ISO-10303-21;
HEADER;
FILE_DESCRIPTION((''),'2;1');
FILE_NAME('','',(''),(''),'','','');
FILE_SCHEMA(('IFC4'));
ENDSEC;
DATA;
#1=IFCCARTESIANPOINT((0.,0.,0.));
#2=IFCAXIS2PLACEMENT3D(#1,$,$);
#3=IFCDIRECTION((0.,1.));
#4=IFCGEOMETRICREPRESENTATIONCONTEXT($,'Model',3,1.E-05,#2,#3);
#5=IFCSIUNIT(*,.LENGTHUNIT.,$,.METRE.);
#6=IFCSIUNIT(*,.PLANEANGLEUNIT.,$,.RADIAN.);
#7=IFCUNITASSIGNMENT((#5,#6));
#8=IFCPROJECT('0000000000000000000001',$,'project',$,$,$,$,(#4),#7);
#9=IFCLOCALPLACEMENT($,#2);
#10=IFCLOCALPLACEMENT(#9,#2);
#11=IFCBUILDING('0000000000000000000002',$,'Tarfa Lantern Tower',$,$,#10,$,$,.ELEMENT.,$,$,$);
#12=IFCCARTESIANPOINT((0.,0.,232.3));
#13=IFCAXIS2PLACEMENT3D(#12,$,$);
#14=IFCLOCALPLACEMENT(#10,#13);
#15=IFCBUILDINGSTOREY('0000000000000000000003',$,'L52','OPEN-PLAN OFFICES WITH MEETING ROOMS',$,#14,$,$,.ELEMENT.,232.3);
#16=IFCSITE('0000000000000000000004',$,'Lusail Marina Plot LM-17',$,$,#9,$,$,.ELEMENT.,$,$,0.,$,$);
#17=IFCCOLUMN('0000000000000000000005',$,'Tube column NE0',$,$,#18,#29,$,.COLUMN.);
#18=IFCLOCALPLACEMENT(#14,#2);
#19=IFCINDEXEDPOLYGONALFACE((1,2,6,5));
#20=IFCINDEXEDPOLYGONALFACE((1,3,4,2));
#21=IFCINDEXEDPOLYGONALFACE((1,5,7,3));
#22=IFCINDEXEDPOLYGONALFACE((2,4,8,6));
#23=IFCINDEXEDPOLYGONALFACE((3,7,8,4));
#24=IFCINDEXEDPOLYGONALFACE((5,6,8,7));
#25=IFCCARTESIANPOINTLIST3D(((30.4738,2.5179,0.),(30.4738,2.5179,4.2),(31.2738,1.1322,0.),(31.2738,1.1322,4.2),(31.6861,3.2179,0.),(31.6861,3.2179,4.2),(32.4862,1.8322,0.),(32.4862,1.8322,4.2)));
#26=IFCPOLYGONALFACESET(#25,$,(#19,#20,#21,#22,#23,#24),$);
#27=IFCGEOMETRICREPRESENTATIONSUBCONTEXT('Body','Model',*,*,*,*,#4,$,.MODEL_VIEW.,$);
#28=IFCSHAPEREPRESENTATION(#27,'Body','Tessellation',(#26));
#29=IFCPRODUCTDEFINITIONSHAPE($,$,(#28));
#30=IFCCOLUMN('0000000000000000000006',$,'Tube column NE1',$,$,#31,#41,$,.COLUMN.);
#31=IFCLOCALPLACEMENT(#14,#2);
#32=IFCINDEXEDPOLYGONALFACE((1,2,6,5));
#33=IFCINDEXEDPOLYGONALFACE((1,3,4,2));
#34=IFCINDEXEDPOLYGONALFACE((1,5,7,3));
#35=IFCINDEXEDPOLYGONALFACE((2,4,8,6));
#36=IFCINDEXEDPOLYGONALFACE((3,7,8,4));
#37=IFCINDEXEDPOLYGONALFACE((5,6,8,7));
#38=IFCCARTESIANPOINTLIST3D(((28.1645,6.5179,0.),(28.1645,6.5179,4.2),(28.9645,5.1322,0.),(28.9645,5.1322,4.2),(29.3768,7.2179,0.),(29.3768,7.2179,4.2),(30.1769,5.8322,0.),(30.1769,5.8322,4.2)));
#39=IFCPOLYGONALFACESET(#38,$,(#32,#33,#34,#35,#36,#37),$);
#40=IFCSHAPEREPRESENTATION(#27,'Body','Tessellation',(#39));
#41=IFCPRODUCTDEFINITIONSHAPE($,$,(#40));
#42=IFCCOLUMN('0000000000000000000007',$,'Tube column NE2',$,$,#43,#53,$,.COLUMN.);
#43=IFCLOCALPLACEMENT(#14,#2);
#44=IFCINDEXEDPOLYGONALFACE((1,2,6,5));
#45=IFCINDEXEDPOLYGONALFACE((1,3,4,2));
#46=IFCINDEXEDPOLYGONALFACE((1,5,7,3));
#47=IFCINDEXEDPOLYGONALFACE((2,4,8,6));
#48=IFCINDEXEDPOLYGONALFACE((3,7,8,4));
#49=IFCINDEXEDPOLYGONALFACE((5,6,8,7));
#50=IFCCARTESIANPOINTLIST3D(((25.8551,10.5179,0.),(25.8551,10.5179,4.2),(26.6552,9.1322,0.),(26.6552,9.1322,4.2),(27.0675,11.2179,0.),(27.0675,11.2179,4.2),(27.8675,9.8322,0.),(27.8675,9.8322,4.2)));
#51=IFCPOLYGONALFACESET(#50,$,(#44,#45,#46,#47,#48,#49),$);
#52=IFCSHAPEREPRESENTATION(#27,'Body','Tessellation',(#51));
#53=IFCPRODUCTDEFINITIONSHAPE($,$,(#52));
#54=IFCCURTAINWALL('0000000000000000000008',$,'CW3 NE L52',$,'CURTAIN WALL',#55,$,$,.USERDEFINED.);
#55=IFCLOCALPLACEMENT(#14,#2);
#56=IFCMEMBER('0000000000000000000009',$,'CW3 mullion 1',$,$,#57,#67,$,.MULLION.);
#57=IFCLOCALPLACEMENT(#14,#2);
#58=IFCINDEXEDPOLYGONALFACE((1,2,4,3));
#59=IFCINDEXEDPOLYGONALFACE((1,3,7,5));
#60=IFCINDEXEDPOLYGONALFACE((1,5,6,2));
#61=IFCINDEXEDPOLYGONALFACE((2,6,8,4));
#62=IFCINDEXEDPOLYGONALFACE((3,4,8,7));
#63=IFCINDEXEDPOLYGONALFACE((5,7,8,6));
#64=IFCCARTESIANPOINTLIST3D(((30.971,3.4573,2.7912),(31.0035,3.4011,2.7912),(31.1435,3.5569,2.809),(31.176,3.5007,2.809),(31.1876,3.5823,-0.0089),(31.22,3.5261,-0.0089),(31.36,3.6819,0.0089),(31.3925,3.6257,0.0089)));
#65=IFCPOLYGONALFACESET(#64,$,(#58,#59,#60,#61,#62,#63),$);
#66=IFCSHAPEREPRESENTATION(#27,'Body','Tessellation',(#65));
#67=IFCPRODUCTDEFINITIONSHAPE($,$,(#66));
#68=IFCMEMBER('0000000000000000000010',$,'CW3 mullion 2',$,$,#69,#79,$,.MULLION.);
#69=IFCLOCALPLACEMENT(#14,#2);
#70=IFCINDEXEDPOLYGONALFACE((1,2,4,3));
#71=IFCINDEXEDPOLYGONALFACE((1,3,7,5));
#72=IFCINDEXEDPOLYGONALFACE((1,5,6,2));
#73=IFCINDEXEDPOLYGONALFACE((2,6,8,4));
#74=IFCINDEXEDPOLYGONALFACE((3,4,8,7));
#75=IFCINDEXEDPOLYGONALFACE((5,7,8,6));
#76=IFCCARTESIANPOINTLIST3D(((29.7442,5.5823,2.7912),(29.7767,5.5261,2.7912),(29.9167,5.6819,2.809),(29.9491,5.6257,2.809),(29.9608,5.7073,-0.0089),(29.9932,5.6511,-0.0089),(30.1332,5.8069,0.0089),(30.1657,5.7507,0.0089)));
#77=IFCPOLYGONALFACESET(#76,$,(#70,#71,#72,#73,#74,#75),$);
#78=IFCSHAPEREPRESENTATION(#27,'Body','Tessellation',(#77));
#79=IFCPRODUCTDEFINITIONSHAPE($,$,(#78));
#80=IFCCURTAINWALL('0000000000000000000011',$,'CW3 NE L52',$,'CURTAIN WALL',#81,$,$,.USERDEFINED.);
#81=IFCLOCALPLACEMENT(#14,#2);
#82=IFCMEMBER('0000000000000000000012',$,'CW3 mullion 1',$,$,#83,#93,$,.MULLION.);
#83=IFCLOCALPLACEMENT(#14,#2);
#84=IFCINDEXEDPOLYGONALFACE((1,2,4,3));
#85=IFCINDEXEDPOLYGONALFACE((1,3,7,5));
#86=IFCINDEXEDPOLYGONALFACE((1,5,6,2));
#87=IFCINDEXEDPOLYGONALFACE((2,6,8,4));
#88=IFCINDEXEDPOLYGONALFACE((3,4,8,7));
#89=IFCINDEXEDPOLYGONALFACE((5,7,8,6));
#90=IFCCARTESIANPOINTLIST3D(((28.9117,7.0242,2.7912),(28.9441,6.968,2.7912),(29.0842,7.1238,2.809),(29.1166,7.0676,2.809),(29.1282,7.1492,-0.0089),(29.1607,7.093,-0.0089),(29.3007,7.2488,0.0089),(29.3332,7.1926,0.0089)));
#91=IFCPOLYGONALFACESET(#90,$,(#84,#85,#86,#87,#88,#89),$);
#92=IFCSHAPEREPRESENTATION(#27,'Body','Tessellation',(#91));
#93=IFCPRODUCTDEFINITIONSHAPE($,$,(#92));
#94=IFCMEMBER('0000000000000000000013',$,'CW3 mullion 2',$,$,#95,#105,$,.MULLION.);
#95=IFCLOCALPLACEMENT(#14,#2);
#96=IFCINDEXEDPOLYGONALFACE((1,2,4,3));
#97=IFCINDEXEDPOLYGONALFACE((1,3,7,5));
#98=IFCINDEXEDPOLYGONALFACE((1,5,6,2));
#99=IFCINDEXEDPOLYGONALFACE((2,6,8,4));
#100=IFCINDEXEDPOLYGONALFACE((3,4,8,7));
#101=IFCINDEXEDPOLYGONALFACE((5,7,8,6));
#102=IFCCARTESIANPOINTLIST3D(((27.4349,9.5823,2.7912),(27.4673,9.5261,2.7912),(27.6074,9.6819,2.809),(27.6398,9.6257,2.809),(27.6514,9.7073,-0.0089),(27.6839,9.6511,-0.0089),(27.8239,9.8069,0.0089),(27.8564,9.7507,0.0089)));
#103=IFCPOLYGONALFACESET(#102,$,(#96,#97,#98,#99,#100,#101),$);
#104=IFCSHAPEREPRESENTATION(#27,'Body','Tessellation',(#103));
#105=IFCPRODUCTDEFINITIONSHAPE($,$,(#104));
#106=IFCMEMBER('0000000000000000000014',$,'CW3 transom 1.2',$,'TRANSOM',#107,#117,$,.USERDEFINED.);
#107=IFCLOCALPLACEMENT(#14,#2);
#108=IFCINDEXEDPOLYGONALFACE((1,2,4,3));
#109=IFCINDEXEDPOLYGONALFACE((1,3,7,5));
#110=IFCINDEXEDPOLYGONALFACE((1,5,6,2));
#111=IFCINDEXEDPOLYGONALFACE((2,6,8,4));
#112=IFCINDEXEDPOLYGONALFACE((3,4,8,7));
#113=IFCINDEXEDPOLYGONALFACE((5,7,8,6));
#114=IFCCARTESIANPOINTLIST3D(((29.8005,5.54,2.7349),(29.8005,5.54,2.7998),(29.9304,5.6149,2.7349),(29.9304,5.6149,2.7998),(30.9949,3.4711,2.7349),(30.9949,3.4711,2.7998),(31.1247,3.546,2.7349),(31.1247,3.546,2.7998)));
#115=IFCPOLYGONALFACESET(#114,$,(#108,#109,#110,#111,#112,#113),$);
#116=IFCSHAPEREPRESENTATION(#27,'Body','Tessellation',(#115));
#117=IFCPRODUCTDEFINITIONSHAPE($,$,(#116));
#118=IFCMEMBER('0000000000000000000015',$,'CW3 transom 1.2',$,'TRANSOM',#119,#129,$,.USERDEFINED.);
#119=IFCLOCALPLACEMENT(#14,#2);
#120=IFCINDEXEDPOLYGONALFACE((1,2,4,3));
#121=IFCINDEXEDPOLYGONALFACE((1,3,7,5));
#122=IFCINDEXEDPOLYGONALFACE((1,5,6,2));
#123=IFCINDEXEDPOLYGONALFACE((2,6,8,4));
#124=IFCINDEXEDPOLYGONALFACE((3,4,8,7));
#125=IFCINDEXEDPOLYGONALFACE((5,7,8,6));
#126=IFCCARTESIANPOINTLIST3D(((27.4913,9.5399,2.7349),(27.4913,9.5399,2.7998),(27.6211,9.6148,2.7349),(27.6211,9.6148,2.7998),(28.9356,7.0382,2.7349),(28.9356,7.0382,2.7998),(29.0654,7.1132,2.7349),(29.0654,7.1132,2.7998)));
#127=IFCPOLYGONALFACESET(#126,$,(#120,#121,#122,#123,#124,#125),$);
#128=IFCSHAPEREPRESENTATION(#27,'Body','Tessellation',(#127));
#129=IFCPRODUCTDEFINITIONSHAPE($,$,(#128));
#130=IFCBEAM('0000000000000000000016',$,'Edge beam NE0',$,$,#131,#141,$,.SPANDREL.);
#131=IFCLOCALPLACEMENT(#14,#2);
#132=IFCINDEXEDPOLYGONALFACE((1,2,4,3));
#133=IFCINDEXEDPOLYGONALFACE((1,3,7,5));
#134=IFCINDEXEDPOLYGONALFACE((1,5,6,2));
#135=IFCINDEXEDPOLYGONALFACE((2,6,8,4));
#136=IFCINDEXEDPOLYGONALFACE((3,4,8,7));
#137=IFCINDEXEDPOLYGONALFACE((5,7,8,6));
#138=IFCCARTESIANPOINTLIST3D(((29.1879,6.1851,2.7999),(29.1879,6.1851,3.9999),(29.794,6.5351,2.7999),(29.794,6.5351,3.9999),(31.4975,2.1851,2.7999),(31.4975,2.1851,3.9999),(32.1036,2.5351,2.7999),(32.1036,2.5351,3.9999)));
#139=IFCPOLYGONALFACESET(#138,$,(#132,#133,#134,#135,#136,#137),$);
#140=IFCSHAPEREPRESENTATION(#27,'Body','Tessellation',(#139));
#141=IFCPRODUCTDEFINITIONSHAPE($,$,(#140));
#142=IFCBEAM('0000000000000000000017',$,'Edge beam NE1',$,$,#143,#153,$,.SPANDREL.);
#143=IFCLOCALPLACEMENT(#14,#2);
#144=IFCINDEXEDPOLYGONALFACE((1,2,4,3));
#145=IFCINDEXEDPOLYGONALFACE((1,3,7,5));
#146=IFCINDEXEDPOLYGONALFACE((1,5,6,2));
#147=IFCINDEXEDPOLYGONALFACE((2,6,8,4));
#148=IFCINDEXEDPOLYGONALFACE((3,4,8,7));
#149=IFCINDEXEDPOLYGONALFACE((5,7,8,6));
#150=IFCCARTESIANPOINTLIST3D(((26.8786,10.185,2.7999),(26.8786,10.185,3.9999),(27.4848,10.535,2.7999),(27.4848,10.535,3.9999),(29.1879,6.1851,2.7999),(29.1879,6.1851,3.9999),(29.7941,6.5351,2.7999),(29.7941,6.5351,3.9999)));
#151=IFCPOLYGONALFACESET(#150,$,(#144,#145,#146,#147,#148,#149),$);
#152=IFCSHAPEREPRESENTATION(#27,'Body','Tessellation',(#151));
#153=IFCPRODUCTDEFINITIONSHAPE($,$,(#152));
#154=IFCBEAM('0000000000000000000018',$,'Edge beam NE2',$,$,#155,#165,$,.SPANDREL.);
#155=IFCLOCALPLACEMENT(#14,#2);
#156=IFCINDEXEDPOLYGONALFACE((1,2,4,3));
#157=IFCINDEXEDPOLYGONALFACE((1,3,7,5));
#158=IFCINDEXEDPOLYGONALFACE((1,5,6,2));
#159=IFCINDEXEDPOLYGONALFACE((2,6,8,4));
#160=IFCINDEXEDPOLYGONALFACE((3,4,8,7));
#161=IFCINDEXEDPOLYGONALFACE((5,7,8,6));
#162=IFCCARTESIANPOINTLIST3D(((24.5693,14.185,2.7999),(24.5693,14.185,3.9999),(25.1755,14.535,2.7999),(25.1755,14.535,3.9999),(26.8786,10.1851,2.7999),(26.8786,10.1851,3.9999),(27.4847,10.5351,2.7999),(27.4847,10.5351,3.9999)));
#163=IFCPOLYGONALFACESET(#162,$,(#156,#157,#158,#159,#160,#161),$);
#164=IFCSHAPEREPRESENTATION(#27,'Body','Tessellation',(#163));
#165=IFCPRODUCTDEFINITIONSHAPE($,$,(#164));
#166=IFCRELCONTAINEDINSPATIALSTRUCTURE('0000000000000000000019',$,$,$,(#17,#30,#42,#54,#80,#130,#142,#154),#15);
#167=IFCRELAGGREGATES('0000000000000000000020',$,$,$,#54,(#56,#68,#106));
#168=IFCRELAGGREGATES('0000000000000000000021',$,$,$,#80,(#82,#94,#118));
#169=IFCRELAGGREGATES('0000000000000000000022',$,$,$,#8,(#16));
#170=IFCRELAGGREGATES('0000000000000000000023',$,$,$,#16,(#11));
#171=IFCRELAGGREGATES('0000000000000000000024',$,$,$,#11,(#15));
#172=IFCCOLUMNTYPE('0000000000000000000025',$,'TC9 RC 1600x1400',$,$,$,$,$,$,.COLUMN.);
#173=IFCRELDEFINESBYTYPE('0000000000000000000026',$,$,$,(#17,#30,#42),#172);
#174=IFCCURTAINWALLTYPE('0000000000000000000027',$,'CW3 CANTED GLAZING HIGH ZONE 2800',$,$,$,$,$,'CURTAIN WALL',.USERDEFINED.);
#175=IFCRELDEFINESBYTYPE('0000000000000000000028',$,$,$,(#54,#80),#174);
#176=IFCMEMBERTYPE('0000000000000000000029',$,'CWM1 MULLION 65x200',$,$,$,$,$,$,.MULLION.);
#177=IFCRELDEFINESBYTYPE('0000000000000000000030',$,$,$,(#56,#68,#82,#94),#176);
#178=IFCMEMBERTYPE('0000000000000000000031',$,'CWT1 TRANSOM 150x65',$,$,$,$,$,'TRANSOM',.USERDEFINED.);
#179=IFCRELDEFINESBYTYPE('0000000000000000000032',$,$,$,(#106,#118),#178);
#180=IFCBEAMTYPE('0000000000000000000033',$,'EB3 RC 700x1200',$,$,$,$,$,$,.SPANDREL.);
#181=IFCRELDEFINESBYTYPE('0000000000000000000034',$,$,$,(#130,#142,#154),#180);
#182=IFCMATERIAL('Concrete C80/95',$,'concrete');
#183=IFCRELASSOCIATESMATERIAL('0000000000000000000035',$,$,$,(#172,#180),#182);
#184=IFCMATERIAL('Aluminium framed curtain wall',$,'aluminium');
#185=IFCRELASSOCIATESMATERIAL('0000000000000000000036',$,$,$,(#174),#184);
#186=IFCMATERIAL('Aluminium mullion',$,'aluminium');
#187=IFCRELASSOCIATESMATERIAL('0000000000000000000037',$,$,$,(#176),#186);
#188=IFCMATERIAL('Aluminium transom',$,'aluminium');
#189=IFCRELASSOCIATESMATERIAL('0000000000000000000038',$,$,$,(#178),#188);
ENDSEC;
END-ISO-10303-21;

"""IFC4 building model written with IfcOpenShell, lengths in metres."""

from ifc_helpers import new_model, si_unit, direction, frame, origin, origin_2d, place, context, subcontext, project, spatial, rectangle, extrude, material, material_profile, profile_set, type_object, element, aggregate, save


model = new_model("IFC4")

# Units and contexts
model_context = context("Model", 3, precision=1e-05, world=origin(), true_north=direction((0.0, 1.0)))
body_context = subcontext(model_context, "Body", "Model", "MODEL_VIEW")
ifc_project = project(units=[si_unit("LENGTHUNIT", "METRE"), si_unit("PLANEANGLEUNIT", "RADIAN")], contexts=[model_context])

# Site, building, storey
site_placement = place(None, origin())
site = spatial("IfcSite", under=ifc_project, at=site_placement, Name="Lusail Marina Plot LM-17", CompositionType="ELEMENT", RefElevation=0.0)
building_placement = place(site_placement, origin())
building = spatial("IfcBuilding", under=site, at=building_placement, Name="Tarfa Lantern Tower", CompositionType="ELEMENT")
storey_placement = place(building_placement, frame((0.0, 0.0, 232.3)))
storey = spatial("IfcBuildingStorey", under=building, at=storey_placement, Name="L52", Description="OPEN-PLAN OFFICES WITH MEETING ROOMS", CompositionType="ELEMENT", Elevation=232.3)

# Columns
ifc_material_1 = material(Name="Concrete C80/95", Category="concrete")
ifc_material_profile_1 = material_profile(ifc_material_1, rectangle(XDim=1.6001, YDim=1.3999, at=origin_2d()), Name="RC 1600x1400")
ifc_profile_set_1 = profile_set([ifc_material_profile_1], Name="Concrete C80/95")
column_type = type_object("IfcColumnType", Name="TC9 RC 1600x1400", PredefinedType="COLUMN", material=ifc_profile_set_1)
for number, where, z_axis, x_axis, name in (
    (1, (31.48, 2.175, 0.0), (0.0, 0.0, 1.0), (-0.5, 0.866025, 0.0), "Tube column NE0"),
    (2, (29.1707, 6.175, 0.0), (0.0, 0.0, 1.0), (-0.5, 0.866025, 0.0), "Tube column NE1"),
    (3, (26.8613, 10.175, 0.0), (0.0, 0.0, 1.0), (-0.5, 0.866025, 0.0), "Tube column NE2"),
):
    element("IfcColumn", number, at=place(storey_placement, frame(where, z_axis=z_axis, x_axis=x_axis)), inside=storey, type_object=column_type, Name=name, PredefinedType="COLUMN", context=body_context, shape_type="SweptSolid", body=[
        extrude(rectangle(XDim=1.6001, YDim=1.3999, at=origin_2d()), origin(), (0.0, 0.0, 1.0), 4.2),
    ])

# Curtain walls, members
ifc_material_2 = material(Name="Aluminium framed curtain wall", Category="aluminium")
curtain_wall_type = type_object("IfcCurtainWallType", Name="CW3 CANTED GLAZING HIGH ZONE 2800", ElementType="CURTAIN WALL", PredefinedType="USERDEFINED", material=ifc_material_2)
curtain_wall_1_placement = place(storey_placement, origin())
curtain_wall_1 = element("IfcCurtainWall", 4, at=curtain_wall_1_placement, inside=storey, type_object=curtain_wall_type, Name="CW3 NE L52", ObjectType="CURTAIN WALL", PredefinedType="USERDEFINED")
ifc_material_3 = material(Name="Aluminium mullion", Category="aluminium")
ifc_material_profile_2 = material_profile(ifc_material_3, rectangle(XDim=0.0649, YDim=0.2, at=origin_2d()), Name="AL MULLION 65x200")
ifc_profile_set_2 = profile_set([ifc_material_profile_2], Name="Aluminium mullion")
member_type_1 = type_object("IfcMemberType", Name="CWM1 MULLION 65x200", PredefinedType="MULLION", material=ifc_profile_set_2)
member_1_placement = place(storey_placement, frame((31.29, 3.604, 0.0), z_axis=(-0.077032, -0.044465, 0.996037), x_axis=(0.49992, -0.866072, 0.0)))
member_1 = element("IfcMember", 5, at=member_1_placement, type_object=member_type_1, Name="CW3 mullion 1", PredefinedType="MULLION", context=body_context, shape_type="SweptSolid", body=[
    extrude(rectangle(XDim=0.0649, YDim=0.2, at=origin_2d()), origin(), (0.0, 0.0, 1.0), 2.8113),
])
member_2_placement = place(storey_placement, frame((30.0632, 5.729, 0.0), z_axis=(-0.077032, -0.044465, 0.996037), x_axis=(0.49992, -0.866072, 0.0)))
member_2 = element("IfcMember", 6, at=member_2_placement, type_object=member_type_1, Name="CW3 mullion 2", PredefinedType="MULLION", context=body_context, shape_type="SweptSolid", body=[
    extrude(rectangle(XDim=0.0649, YDim=0.2, at=origin_2d()), origin(), (0.0, 0.0, 1.0), 2.8113),
])
curtain_wall_2_placement = place(storey_placement, origin())
curtain_wall_2 = element("IfcCurtainWall", 7, at=curtain_wall_2_placement, inside=storey, type_object=curtain_wall_type, Name="CW3 NE L52", ObjectType="CURTAIN WALL", PredefinedType="USERDEFINED")
member_3_placement = place(storey_placement, frame((29.2307, 7.1709, 0.0), z_axis=(-0.077032, -0.044465, 0.996037), x_axis=(0.49992, -0.866072, 0.0)))
member_3 = element("IfcMember", 8, at=member_3_placement, type_object=member_type_1, Name="CW3 mullion 1", PredefinedType="MULLION", context=body_context, shape_type="SweptSolid", body=[
    extrude(rectangle(XDim=0.0649, YDim=0.2, at=origin_2d()), origin(), (0.0, 0.0, 1.0), 2.8113),
])
member_4_placement = place(storey_placement, frame((27.7539, 9.729, 0.0), z_axis=(-0.077032, -0.044465, 0.996037), x_axis=(0.49992, -0.866072, 0.0)))
member_4 = element("IfcMember", 9, at=member_4_placement, type_object=member_type_1, Name="CW3 mullion 2", PredefinedType="MULLION", context=body_context, shape_type="SweptSolid", body=[
    extrude(rectangle(XDim=0.0649, YDim=0.2, at=origin_2d()), origin(), (0.0, 0.0, 1.0), 2.8113),
])

# Members
ifc_material_4 = material(Name="Aluminium transom", Category="aluminium")
ifc_material_profile_3 = material_profile(ifc_material_4, rectangle(XDim=0.1499, YDim=0.0649, at=origin_2d()), Name="AL TRANSOM 150x65")
ifc_profile_set_3 = profile_set([ifc_material_profile_3], Name="Aluminium transom")
member_type_2 = type_object("IfcMemberType", Name="CWT1 TRANSOM 150x65", ElementType="TRANSOM", PredefinedType="USERDEFINED", material=ifc_profile_set_3)
member_5_placement = place(storey_placement, frame((31.0598, 3.5085, 2.7673), z_axis=(-0.499964, 0.866046, 0.0), x_axis=(-0.866046, -0.499964, 0.0)))
member_5 = element("IfcMember", 10, at=member_5_placement, type_object=member_type_2, Name="CW3 transom 1.2", ObjectType="TRANSOM", PredefinedType="USERDEFINED", context=body_context, shape_type="SweptSolid", body=[
    extrude(rectangle(XDim=0.1499, YDim=0.0649, at=origin_2d()), origin(), (0.0, 0.0, 1.0), 2.3889),
])
member_6_placement = place(storey_placement, frame((29.0005, 7.0757, 2.7673), z_axis=(-0.499993, 0.866029, 0.0), x_axis=(-0.866029, -0.499993, 0.0)))
member_6 = element("IfcMember", 11, at=member_6_placement, type_object=member_type_2, Name="CW3 transom 1.2", ObjectType="TRANSOM", PredefinedType="USERDEFINED", context=body_context, shape_type="SweptSolid", body=[
    extrude(rectangle(XDim=0.1499, YDim=0.0649, at=origin_2d()), origin(), (0.0, 0.0, 1.0), 2.8887),
])

# Beams
ifc_material_profile_4 = material_profile(ifc_material_1, rectangle(XDim=0.7, YDim=1.2, at=origin_2d()), Name="RC 700x1200")
ifc_profile_set_4 = profile_set([ifc_material_profile_4], Name="Concrete C80/95")
beam_type_1 = type_object("IfcBeamType", Name="EB3 RC 700x1200", PredefinedType="SPANDREL", material=ifc_profile_set_4)
beam_1_placement = place(storey_placement, frame((31.8005, 2.3601, 3.3999), z_axis=(-0.500027, 0.86601, 0.0), x_axis=(-0.86601, -0.500027, 0.0)))
element("IfcBeam", 12, at=beam_1_placement, inside=storey, type_object=beam_type_1, Name="Edge beam NE0", PredefinedType="SPANDREL", context=body_context, shape_type="SweptSolid", body=[
    extrude(rectangle(XDim=0.7, YDim=1.2, at=origin_2d()), origin(), (0.0, 0.0, 1.0), 4.6189),
])
for number, where, z_axis, x_axis, name in (
    (13, (29.491, 6.3601, 3.3999), (-0.499988, 0.866032, 0.0), (-0.866032, -0.499988, 0.0), "Edge beam NE1"),
    (14, (27.1816, 10.3601, 3.3999), (-0.499988, 0.866032, 0.0), (-0.866032, -0.499988, 0.0), "Edge beam NE2"),
):
    element("IfcBeam", number, at=place(storey_placement, frame(where, z_axis=z_axis, x_axis=x_axis)), inside=storey, type_object=beam_type_1, Name=name, PredefinedType="SPANDREL", context=body_context, shape_type="SweptSolid", body=[
        extrude(rectangle(XDim=0.7, YDim=1.2, at=origin_2d()), origin(), (0.0, 0.0, 1.0), 4.6187),
    ])

aggregate(curtain_wall_1, [member_1, member_2, member_5])
aggregate(curtain_wall_2, [member_3, member_4, member_6])

save(model, "model.ifc")
